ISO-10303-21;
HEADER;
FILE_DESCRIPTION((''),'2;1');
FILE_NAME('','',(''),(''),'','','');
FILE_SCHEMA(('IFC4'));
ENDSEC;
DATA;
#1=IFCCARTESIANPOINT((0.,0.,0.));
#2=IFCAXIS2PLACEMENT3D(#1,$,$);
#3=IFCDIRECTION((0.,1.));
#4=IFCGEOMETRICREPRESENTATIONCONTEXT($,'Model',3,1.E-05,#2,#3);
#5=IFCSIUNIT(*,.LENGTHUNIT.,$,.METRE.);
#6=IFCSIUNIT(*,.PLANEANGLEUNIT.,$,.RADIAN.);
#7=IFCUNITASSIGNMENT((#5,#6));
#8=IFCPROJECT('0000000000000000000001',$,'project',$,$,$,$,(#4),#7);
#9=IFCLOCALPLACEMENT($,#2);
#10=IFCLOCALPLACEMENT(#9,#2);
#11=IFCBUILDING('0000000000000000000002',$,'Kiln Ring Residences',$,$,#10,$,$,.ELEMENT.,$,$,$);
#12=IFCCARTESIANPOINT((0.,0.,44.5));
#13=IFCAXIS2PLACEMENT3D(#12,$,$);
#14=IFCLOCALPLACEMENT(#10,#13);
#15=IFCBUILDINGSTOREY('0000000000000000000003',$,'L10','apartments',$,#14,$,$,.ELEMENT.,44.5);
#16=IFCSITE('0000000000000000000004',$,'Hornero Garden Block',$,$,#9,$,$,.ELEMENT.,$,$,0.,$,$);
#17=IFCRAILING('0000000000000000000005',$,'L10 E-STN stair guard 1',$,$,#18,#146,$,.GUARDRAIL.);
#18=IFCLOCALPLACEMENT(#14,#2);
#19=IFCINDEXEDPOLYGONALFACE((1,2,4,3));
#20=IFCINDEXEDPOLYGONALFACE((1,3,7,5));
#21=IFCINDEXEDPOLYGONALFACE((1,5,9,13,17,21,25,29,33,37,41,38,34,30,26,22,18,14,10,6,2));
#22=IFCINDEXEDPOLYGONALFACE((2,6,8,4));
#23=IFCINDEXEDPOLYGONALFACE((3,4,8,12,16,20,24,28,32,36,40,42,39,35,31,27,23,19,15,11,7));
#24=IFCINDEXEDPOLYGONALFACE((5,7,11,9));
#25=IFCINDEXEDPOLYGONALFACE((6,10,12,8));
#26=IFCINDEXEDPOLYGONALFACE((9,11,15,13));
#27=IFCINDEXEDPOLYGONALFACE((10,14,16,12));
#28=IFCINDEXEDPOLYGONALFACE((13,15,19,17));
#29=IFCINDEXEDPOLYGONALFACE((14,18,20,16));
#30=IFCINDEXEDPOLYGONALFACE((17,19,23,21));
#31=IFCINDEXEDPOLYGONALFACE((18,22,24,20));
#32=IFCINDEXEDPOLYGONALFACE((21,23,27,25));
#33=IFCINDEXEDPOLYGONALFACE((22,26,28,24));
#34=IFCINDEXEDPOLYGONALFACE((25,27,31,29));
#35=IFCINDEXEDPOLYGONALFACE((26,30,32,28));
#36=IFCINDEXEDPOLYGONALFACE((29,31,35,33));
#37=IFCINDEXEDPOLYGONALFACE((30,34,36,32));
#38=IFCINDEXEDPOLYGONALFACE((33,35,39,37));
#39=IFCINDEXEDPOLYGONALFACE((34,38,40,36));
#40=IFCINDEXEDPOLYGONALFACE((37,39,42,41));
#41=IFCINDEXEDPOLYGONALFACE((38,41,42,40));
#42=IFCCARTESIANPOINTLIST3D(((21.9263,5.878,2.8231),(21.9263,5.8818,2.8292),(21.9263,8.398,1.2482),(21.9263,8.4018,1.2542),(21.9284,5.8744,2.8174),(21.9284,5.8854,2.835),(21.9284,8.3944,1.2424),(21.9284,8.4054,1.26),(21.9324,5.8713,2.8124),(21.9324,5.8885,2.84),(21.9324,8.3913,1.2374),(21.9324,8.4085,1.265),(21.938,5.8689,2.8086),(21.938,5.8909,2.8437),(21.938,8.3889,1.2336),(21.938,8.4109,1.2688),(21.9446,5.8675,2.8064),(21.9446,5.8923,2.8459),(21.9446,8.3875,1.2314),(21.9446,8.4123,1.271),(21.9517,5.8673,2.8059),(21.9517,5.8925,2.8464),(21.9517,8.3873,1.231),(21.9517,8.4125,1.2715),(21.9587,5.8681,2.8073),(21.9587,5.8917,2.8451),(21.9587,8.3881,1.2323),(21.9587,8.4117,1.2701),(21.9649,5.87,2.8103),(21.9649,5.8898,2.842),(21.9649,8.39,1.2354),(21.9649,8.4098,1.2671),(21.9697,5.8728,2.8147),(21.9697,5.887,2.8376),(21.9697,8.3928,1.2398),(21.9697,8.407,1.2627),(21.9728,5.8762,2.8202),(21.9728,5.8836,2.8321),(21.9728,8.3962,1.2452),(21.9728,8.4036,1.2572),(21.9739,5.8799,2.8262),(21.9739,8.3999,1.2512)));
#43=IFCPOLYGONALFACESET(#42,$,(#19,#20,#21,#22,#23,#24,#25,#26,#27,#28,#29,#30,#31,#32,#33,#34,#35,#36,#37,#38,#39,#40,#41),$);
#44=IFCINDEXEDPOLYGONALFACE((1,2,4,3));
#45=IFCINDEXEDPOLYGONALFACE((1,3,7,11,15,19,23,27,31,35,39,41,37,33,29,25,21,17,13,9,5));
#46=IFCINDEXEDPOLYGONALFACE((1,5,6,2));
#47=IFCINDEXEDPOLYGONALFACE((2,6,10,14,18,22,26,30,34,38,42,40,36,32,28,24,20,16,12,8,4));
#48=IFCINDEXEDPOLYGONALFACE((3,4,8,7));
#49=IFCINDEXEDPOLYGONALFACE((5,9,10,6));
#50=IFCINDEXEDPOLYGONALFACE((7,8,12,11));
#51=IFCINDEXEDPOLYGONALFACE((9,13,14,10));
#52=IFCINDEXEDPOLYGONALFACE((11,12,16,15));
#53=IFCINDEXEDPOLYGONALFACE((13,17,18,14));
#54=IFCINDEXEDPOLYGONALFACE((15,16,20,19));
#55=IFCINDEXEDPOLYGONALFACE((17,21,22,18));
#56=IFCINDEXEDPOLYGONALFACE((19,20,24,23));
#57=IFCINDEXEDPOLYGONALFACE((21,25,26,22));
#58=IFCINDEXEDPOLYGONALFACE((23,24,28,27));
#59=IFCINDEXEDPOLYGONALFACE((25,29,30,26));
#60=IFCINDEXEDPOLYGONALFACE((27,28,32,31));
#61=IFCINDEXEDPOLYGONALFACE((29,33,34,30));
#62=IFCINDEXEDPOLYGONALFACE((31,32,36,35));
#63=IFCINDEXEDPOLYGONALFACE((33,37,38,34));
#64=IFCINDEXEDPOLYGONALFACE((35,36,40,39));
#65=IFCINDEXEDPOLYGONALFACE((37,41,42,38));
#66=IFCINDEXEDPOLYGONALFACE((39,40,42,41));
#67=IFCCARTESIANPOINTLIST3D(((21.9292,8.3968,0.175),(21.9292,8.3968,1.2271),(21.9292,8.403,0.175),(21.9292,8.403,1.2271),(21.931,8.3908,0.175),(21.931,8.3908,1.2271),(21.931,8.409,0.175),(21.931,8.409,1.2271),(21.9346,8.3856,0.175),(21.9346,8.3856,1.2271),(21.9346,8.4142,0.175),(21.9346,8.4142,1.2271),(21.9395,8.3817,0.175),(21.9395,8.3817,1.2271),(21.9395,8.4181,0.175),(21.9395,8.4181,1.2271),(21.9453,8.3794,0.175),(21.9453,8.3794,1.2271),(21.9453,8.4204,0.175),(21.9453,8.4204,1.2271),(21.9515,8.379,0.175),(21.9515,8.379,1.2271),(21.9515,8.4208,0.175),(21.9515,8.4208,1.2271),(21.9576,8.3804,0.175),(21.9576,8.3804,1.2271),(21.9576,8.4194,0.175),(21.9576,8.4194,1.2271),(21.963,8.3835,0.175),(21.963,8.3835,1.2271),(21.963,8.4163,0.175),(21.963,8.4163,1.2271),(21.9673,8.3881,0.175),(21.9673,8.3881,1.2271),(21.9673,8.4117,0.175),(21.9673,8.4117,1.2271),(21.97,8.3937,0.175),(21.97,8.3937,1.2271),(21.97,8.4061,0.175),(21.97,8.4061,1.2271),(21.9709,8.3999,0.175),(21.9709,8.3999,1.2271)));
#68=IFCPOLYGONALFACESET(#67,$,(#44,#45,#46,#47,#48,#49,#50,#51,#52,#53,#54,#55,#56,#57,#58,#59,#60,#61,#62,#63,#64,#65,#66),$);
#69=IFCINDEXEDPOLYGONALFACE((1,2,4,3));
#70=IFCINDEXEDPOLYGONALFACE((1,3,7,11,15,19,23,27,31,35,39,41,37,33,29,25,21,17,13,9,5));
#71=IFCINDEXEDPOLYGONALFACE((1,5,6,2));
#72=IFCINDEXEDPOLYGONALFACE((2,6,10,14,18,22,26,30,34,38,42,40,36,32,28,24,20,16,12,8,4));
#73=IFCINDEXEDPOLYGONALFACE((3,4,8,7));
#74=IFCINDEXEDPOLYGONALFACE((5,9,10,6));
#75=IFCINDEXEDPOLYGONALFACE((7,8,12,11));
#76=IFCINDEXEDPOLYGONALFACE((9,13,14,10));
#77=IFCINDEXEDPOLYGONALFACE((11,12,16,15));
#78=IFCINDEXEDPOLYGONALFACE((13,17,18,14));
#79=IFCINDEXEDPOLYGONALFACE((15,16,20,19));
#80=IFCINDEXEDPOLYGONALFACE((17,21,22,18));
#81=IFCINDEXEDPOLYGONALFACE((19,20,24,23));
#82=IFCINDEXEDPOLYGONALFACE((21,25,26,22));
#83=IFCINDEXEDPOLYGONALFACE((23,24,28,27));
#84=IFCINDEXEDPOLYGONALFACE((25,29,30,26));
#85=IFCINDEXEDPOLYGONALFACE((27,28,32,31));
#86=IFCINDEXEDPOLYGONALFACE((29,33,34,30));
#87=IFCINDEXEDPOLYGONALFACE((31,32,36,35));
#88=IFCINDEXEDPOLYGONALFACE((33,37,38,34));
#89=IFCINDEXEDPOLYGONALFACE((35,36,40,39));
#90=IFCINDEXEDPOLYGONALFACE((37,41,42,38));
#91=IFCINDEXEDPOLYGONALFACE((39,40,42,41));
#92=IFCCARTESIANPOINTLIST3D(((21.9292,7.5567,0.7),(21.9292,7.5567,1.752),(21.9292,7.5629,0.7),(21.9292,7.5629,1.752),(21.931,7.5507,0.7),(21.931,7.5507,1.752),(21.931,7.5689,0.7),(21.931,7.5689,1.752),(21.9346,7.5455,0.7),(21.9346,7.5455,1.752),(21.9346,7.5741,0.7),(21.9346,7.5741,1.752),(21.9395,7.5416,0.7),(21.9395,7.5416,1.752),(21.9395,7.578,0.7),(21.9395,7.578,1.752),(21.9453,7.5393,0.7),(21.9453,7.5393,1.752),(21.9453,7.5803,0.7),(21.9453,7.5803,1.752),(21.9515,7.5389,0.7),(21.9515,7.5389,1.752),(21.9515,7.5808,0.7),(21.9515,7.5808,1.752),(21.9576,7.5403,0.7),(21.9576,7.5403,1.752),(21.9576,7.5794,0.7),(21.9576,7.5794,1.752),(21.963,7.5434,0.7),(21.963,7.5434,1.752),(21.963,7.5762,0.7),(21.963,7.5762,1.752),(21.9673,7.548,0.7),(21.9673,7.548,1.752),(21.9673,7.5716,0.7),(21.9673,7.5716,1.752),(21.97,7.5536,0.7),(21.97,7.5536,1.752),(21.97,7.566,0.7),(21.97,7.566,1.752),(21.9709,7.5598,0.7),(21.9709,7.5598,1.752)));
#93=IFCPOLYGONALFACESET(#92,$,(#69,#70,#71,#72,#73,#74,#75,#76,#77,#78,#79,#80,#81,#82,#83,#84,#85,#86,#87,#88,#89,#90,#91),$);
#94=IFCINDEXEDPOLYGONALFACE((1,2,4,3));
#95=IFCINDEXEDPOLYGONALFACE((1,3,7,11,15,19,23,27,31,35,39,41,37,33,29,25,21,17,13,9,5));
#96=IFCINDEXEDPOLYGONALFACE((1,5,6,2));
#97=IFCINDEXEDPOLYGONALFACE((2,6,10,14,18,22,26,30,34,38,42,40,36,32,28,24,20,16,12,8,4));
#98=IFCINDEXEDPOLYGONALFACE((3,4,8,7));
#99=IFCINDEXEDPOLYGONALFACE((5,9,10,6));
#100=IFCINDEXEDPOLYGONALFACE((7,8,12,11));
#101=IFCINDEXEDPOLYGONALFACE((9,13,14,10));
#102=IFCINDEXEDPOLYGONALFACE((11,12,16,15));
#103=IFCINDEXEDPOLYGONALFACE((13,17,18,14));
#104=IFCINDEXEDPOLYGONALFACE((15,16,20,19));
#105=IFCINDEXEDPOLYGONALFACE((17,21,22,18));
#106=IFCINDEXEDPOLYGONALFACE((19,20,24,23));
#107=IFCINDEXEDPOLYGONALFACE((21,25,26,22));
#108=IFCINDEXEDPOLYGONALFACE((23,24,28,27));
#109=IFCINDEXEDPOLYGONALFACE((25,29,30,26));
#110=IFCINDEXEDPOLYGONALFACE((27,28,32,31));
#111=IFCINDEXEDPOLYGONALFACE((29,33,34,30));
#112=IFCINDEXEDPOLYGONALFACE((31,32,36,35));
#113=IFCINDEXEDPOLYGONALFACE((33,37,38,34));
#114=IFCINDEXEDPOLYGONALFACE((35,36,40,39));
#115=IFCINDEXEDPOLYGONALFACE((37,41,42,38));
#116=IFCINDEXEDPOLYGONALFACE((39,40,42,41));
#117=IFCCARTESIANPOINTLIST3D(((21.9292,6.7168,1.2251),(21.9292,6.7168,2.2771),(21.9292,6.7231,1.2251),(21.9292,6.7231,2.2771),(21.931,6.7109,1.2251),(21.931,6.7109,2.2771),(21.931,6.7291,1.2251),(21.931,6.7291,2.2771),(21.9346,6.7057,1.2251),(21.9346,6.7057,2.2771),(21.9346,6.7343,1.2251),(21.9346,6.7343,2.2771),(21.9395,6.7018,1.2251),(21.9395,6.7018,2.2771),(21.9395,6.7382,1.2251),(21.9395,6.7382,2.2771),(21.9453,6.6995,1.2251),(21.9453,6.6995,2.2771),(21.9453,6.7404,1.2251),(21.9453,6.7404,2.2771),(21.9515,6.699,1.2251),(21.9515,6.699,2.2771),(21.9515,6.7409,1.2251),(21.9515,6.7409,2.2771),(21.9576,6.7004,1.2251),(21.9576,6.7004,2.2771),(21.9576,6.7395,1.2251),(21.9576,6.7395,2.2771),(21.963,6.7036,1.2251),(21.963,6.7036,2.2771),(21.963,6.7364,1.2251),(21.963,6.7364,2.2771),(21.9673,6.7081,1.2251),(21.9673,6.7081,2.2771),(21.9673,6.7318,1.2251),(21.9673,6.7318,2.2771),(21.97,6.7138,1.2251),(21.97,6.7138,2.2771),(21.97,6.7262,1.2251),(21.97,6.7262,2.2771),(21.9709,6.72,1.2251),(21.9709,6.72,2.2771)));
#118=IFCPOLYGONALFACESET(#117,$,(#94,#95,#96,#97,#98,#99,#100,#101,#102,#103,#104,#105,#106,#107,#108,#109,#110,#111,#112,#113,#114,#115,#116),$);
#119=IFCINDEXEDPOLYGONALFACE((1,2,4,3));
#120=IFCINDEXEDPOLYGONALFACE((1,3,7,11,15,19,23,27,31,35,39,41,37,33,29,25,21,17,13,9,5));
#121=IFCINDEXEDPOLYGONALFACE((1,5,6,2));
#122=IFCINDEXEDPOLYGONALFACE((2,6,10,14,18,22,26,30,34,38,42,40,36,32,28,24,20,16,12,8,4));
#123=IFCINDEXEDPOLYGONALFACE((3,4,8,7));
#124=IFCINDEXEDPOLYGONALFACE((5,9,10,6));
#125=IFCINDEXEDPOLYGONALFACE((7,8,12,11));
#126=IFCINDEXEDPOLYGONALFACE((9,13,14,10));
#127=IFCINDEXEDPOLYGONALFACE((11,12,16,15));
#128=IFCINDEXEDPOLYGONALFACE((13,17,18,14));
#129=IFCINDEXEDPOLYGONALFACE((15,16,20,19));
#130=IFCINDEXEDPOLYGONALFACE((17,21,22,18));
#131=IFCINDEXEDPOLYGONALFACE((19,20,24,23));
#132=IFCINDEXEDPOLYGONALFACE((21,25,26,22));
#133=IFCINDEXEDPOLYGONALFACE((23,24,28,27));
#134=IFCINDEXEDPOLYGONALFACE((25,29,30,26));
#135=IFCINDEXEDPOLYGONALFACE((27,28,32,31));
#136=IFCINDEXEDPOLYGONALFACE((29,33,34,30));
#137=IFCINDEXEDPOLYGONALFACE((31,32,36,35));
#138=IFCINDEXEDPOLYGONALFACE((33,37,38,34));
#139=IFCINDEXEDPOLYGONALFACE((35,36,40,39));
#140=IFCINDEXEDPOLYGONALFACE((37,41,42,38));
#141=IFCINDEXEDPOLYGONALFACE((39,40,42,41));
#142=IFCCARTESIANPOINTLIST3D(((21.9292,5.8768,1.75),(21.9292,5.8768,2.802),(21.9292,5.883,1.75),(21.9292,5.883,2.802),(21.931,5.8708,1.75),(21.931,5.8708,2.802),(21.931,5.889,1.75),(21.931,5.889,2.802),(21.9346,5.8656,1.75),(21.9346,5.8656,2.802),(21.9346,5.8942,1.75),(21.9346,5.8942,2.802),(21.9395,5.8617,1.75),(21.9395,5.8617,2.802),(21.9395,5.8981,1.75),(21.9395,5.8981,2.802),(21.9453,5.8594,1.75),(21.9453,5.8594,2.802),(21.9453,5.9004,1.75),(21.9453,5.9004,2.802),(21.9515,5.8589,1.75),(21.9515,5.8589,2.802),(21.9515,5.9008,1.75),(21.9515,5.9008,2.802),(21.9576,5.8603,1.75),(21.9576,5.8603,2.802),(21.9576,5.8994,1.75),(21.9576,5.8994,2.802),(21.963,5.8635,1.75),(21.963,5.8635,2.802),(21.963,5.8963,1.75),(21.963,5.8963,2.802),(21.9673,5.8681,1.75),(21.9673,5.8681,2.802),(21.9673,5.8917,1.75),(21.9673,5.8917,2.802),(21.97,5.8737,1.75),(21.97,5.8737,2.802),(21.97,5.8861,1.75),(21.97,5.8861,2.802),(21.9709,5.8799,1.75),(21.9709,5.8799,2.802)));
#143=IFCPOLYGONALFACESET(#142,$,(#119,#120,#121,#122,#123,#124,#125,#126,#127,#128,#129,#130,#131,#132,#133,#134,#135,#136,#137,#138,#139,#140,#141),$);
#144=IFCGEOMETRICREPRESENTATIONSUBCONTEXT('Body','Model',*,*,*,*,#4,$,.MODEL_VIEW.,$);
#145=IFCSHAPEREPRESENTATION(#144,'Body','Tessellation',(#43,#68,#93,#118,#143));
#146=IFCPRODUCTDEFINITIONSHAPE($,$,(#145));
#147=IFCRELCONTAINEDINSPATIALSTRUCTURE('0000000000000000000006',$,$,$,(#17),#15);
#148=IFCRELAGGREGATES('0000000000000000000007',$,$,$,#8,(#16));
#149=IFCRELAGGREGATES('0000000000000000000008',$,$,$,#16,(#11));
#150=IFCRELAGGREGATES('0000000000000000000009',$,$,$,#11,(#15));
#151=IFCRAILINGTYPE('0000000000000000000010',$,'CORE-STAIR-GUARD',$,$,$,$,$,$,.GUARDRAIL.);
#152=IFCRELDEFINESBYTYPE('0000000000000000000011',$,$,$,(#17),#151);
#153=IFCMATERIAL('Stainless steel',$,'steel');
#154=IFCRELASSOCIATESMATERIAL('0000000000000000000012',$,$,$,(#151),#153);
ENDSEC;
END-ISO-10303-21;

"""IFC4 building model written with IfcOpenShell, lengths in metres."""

from ifc_helpers import new_model, si_unit, direction, frame, origin, origin_2d, place, context, subcontext, project, spatial, circle, extrude, material, type_object, element, save


model = new_model("IFC4")

# Units and contexts
model_context = context("Model", 3, precision=1e-05, world=origin(), true_north=direction((0.0, 1.0)))
body_context = subcontext(model_context, "Body", "Model", "MODEL_VIEW")
ifc_project = project(units=[si_unit("LENGTHUNIT", "METRE"), si_unit("PLANEANGLEUNIT", "RADIAN")], contexts=[model_context])

# Site, building, storey
site_placement = place(None, origin())
site = spatial("IfcSite", under=ifc_project, at=site_placement, Name="Hornero Garden Block", CompositionType="ELEMENT", RefElevation=0.0)
building_placement = place(site_placement, origin())
building = spatial("IfcBuilding", under=site, at=building_placement, Name="Kiln Ring Residences", CompositionType="ELEMENT")
storey_placement = place(building_placement, frame((0.0, 0.0, 44.5)))
storey = spatial("IfcBuildingStorey", under=building, at=storey_placement, Name="L10", Description="apartments", CompositionType="ELEMENT", Elevation=44.5)

# Railing
ifc_material_1 = material(Name="Stainless steel", Category="steel")
railing_type = type_object("IfcRailingType", Name="CORE-STAIR-GUARD", PredefinedType="GUARDRAIL", material=ifc_material_1)
railing_1_placement = place(storey_placement, frame((21.95, 8.3999, 0.175)))
element("IfcRailing", 1, at=railing_1_placement, inside=storey, type_object=railing_type, Name="L10 E-STN stair guard 1", PredefinedType="GUARDRAIL", context=body_context, shape_type="SweptSolid", body=[
    extrude(circle(Radius=0.0239, at=origin_2d()), frame((0.0, 0.0, 1.0762), z_axis=(0.0, -0.848008, 0.529984), x_axis=(1.0, 0.0, 0.0)), (0.0, 0.0, 1.0), 2.9717),
    extrude(circle(Radius=0.021, at=origin_2d()), origin(), (0.0, 0.0, 1.0), 1.052),
    extrude(circle(Radius=0.021, at=origin_2d()), frame((0.0, -0.8401, 0.5249)), (0.0, 0.0, 1.0), 1.052),
    extrude(circle(Radius=0.021, at=origin_2d()), frame((0.0, -1.6799, 1.05)), (0.0, 0.0, 1.0), 1.052),
    extrude(circle(Radius=0.021, at=origin_2d()), frame((0.0, -2.52, 1.575)), (0.0, 0.0, 1.0), 1.052),
])

save(model, "model.ifc")
